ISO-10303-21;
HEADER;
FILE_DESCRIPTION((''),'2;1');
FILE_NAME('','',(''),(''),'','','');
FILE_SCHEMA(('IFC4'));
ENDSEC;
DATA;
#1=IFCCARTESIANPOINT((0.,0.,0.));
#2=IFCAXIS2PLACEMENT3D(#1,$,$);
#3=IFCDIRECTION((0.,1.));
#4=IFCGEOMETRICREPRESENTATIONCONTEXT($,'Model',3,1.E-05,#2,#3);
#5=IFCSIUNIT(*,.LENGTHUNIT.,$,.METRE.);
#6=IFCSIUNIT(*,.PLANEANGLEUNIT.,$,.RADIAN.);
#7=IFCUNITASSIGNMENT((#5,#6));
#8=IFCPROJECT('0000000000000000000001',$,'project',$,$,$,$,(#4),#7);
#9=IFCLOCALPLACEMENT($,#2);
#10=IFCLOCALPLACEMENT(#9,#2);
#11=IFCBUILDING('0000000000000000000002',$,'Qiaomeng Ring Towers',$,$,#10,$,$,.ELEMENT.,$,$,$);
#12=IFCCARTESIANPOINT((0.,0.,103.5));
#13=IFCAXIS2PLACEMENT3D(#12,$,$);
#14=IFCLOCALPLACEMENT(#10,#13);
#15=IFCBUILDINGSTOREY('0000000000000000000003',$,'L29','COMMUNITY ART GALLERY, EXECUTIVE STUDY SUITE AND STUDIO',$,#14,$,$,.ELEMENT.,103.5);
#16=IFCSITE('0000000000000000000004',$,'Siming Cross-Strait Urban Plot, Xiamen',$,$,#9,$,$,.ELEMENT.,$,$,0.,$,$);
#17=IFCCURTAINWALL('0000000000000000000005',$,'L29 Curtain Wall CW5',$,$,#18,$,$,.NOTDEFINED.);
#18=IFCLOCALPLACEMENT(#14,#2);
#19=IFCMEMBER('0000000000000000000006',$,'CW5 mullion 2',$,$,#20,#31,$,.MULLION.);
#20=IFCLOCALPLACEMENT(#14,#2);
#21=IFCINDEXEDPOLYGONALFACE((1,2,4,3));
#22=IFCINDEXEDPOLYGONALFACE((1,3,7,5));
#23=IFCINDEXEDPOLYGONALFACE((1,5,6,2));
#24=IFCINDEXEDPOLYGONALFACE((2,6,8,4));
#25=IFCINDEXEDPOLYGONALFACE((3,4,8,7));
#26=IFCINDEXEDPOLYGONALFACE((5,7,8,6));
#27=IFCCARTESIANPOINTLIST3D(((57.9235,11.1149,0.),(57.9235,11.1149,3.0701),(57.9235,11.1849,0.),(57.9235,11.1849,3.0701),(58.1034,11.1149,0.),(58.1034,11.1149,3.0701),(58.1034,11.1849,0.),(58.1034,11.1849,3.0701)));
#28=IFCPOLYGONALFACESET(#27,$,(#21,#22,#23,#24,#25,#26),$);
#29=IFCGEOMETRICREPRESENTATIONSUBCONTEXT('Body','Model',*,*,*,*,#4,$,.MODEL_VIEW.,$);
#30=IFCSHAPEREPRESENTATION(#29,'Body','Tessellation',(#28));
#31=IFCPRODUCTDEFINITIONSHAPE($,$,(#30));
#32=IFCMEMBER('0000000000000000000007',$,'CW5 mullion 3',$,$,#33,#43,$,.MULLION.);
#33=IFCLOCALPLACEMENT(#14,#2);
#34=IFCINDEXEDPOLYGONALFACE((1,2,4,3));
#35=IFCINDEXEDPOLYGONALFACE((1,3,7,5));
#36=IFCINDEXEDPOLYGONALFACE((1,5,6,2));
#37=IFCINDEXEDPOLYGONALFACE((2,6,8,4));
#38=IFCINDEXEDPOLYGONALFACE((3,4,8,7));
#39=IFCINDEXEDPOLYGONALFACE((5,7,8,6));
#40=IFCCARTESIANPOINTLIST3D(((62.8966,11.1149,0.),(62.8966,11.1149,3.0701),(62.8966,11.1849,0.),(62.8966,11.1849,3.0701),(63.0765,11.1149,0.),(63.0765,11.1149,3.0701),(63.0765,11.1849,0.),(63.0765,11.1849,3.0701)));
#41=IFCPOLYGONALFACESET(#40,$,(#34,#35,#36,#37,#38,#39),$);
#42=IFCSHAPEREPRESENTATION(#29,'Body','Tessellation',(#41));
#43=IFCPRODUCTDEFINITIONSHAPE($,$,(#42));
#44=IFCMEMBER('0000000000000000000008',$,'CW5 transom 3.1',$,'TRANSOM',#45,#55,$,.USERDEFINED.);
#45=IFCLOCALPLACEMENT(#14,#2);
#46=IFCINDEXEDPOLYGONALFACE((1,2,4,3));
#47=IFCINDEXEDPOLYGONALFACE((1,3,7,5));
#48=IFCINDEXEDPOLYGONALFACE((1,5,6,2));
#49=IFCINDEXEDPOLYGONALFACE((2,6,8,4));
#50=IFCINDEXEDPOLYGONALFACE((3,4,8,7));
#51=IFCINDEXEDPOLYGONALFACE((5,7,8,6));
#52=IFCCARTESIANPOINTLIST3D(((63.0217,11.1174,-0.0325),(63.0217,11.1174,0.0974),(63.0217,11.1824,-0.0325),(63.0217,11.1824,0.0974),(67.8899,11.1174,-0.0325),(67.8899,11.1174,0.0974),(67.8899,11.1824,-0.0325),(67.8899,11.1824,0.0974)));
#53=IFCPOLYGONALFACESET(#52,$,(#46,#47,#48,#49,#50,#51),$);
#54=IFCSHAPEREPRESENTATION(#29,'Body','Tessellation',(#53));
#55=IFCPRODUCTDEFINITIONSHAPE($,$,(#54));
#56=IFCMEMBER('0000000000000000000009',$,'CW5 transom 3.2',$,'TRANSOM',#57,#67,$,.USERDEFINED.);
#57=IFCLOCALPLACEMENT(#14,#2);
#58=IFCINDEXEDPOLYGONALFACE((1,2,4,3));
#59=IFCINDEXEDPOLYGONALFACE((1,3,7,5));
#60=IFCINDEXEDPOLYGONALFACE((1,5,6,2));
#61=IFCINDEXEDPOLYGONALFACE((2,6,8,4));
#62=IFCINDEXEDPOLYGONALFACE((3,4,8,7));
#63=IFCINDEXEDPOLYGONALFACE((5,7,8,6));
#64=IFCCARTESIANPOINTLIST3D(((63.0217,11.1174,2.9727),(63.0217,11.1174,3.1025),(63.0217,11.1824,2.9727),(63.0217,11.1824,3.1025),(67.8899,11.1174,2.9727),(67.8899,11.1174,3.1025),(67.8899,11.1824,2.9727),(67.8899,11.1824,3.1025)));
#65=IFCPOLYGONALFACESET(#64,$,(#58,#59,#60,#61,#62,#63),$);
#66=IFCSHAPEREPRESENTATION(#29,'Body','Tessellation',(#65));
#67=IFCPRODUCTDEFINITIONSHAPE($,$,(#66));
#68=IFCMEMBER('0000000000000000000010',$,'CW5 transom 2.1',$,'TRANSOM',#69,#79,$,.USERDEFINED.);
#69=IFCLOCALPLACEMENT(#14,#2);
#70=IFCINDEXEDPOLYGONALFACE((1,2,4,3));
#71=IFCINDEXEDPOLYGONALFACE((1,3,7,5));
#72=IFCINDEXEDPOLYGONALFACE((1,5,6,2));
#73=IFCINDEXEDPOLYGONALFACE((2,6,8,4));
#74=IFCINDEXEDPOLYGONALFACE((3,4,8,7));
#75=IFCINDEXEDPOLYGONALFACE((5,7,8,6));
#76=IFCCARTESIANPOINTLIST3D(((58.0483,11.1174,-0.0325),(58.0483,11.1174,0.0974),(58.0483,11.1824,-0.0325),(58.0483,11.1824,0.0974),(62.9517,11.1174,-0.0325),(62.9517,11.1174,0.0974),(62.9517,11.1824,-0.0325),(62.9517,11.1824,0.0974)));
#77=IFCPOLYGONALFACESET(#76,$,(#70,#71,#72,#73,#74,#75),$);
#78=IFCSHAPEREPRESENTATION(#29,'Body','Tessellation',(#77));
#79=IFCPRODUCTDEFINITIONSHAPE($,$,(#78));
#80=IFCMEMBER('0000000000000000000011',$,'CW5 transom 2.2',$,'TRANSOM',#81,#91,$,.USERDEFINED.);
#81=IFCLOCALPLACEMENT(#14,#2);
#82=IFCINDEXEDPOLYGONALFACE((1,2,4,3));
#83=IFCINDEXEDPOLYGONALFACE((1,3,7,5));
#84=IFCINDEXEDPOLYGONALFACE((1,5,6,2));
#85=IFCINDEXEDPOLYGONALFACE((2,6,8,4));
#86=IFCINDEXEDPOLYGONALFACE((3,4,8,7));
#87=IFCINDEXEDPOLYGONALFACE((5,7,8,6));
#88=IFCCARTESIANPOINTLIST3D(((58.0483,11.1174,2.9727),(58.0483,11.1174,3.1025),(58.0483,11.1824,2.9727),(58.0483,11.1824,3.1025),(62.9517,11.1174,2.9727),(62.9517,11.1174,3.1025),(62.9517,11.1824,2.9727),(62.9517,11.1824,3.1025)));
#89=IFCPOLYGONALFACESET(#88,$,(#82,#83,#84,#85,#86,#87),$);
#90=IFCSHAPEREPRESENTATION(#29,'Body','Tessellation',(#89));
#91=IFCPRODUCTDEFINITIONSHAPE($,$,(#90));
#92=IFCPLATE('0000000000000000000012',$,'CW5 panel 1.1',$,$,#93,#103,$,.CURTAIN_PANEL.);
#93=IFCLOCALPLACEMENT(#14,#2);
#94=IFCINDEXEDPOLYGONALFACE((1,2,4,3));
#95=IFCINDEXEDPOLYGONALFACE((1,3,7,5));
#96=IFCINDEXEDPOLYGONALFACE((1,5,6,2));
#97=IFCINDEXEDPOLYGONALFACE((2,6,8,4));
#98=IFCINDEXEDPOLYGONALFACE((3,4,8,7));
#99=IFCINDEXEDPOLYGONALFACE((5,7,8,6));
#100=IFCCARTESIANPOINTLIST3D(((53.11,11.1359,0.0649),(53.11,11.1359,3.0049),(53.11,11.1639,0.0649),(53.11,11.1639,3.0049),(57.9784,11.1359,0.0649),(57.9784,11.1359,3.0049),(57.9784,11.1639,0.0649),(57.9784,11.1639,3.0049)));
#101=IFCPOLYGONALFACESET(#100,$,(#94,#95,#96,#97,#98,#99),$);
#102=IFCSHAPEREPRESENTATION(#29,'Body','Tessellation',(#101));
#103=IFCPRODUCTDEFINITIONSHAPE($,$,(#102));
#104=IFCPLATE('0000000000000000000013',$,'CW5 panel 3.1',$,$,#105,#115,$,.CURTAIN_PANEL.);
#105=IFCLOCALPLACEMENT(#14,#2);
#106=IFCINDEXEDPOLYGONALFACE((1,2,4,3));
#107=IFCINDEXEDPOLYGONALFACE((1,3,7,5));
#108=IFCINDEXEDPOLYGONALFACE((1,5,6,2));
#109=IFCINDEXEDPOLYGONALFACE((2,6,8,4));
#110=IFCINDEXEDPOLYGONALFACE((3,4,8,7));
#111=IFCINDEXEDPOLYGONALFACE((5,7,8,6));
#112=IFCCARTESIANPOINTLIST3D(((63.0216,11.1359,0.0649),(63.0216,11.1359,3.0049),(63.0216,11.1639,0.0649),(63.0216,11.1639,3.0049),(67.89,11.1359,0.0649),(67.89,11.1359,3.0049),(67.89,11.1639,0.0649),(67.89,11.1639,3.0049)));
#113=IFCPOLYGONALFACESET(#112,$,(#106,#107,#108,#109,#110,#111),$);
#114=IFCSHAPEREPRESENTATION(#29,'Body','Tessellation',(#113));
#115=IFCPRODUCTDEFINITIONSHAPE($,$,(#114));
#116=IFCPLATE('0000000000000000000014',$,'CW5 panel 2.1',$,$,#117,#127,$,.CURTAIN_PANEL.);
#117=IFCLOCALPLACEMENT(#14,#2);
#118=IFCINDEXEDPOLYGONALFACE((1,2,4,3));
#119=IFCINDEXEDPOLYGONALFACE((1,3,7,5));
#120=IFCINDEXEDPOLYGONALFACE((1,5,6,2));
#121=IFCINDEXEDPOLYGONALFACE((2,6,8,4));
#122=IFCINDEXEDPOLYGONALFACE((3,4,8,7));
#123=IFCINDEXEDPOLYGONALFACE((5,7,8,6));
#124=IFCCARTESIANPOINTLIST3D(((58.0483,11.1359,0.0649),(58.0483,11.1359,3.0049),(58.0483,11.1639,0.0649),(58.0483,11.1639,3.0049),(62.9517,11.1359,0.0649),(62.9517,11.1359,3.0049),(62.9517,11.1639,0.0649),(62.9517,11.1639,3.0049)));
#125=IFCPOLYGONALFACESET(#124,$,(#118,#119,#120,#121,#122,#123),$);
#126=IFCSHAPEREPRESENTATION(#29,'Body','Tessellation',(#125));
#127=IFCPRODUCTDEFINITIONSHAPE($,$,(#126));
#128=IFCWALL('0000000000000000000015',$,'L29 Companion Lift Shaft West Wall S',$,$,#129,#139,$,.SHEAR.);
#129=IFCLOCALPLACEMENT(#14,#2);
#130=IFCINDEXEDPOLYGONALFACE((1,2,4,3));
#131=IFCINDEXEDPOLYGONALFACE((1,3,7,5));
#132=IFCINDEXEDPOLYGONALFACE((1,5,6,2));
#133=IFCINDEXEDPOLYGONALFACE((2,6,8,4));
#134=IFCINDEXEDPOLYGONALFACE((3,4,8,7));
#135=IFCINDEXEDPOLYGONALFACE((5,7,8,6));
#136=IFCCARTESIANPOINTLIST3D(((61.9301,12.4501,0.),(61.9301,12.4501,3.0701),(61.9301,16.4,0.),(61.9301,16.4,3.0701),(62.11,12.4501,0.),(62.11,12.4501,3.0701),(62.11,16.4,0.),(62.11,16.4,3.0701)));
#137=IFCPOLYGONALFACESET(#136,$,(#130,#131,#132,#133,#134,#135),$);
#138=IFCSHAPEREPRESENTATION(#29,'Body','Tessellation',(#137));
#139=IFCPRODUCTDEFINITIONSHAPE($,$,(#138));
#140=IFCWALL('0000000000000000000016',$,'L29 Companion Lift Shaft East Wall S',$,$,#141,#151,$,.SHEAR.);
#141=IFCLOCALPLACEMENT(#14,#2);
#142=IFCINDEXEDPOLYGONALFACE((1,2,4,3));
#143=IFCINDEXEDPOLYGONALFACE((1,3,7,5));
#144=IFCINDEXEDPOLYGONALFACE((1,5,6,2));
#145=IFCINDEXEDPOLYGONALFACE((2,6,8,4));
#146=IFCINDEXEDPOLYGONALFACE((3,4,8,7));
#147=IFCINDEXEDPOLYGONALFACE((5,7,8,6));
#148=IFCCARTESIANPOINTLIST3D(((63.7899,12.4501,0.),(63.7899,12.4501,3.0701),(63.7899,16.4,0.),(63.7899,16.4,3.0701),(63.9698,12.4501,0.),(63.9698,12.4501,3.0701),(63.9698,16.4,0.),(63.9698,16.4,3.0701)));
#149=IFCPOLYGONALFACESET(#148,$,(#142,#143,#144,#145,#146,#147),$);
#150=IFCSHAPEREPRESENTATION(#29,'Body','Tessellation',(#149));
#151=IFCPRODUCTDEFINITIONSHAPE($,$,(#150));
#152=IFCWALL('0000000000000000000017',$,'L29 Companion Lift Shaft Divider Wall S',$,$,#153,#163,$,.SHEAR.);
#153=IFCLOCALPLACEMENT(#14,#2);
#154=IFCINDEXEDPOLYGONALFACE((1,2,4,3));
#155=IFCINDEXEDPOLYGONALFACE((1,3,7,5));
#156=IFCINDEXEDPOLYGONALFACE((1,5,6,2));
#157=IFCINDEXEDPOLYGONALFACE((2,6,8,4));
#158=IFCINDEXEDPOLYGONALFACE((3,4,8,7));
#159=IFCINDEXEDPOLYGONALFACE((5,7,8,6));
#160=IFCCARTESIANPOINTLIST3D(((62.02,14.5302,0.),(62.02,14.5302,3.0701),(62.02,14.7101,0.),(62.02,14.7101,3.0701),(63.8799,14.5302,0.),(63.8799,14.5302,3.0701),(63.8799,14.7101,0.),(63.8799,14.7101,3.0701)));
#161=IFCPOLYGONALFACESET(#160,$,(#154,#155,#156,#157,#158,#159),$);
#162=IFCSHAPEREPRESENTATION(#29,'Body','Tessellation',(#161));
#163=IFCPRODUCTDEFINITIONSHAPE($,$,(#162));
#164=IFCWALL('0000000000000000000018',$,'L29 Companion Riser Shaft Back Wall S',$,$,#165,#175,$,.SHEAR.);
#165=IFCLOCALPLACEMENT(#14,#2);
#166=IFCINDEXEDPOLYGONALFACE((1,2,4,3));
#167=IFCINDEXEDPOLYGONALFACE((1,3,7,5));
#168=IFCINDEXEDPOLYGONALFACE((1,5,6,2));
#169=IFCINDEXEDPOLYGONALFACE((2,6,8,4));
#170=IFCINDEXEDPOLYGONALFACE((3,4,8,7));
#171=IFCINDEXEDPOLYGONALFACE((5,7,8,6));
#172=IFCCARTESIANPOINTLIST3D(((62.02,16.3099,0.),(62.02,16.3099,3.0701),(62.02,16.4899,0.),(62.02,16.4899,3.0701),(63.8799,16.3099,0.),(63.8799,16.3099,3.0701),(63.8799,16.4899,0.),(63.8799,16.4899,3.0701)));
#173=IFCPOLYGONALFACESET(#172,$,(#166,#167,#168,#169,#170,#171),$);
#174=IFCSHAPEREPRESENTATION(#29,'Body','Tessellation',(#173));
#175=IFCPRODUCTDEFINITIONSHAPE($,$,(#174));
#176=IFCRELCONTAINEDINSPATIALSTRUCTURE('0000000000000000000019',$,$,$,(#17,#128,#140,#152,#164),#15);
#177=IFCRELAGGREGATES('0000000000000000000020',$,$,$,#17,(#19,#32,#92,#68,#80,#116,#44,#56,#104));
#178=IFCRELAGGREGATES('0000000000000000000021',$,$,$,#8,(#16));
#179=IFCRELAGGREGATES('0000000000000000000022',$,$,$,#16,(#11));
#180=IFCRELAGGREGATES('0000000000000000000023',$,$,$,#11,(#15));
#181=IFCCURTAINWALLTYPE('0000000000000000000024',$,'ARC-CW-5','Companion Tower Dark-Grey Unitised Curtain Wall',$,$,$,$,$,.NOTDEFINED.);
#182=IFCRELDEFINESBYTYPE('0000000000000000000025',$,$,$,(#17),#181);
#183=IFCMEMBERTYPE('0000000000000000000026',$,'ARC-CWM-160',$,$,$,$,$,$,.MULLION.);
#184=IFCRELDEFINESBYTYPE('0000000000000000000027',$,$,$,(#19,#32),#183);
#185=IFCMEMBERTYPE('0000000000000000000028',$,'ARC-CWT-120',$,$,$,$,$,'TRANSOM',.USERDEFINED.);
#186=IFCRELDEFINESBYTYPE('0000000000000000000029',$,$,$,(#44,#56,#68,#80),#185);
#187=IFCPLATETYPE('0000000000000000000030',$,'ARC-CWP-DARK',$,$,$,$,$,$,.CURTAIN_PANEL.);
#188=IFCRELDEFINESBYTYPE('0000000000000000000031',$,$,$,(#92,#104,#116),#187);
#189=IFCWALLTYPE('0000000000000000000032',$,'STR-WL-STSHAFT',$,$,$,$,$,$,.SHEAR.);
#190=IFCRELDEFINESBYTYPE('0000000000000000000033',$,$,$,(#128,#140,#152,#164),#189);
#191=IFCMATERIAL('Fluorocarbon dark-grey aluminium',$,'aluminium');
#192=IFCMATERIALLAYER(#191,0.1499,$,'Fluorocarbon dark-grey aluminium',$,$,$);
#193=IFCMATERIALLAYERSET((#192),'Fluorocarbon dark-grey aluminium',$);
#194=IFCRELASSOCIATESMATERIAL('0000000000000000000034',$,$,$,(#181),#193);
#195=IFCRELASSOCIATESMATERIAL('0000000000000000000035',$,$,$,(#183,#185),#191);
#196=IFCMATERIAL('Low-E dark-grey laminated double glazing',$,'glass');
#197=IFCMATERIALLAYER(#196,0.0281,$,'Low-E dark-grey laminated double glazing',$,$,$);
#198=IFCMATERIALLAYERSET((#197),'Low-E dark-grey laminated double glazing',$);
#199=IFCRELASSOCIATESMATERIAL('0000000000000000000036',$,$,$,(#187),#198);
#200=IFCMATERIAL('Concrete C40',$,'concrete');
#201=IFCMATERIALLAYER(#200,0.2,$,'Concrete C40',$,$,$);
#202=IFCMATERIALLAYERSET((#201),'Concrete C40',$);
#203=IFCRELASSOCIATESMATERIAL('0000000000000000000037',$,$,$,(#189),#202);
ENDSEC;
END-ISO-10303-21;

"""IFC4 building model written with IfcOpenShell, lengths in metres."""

from ifc_helpers import new_model, si_unit, direction, frame, frame_2d, origin, origin_2d, place, context, subcontext, project, spatial, rectangle, extrude, source, transform, mapped, material, layer, layer_set, material_profile, profile_set, type_object, element, aggregate, save


model = new_model("IFC4")

# Units and contexts
model_context = context("Model", 3, precision=1e-05, world=origin(), true_north=direction((0.0, 1.0)))
body_context = subcontext(model_context, "Body", "Model", "MODEL_VIEW")
ifc_project = project(units=[si_unit("LENGTHUNIT", "METRE"), si_unit("PLANEANGLEUNIT", "RADIAN")], contexts=[model_context])

# Site, building, storey
site_placement = place(None, origin())
site = spatial("IfcSite", under=ifc_project, at=site_placement, Name="Siming Cross-Strait Urban Plot, Xiamen", CompositionType="ELEMENT", RefElevation=0.0)
building_placement = place(site_placement, origin())
building = spatial("IfcBuilding", under=site, at=building_placement, Name="Qiaomeng Ring Towers", CompositionType="ELEMENT")
storey_placement = place(building_placement, frame((0.0, 0.0, 103.5)))
storey = spatial("IfcBuildingStorey", under=building, at=storey_placement, Name="L29", Description="COMMUNITY ART GALLERY, EXECUTIVE STUDY SUITE AND STUDIO", CompositionType="ELEMENT", Elevation=103.5)

# Curtain wall, members, plates
ifc_material_1 = material(Name="Fluorocarbon dark-grey aluminium", Category="aluminium")
ifc_layer_1 = layer(ifc_material_1, 0.1499, Name="Fluorocarbon dark-grey aluminium")
ifc_layer_set_1 = layer_set([ifc_layer_1], Name="Fluorocarbon dark-grey aluminium")
curtain_wall_type = type_object("IfcCurtainWallType", Name="ARC-CW-5", Description="Companion Tower Dark-Grey Unitised Curtain Wall", PredefinedType="NOTDEFINED", material=ifc_layer_set_1)
curtain_wall_placement = place(storey_placement, origin())
curtain_wall = element("IfcCurtainWall", 1, at=curtain_wall_placement, inside=storey, type_object=curtain_wall_type, Name="L29 Curtain Wall CW5", PredefinedType="NOTDEFINED")
ifc_material_profile_1 = material_profile(ifc_material_1, rectangle(XDim=0.0701, YDim=0.1799, at=origin_2d()), Name="ALU MULL 70x180")
ifc_profile_set_1 = profile_set([ifc_material_profile_1], Name="Fluorocarbon dark-grey aluminium")
member_type_1 = type_object("IfcMemberType", Name="ARC-CWM-160", PredefinedType="MULLION", material=ifc_profile_set_1)
shared_shape_1 = source(origin(), body_context, "Body", "SweptSolid", [
    extrude(rectangle(XDim=0.0701, YDim=0.1799, at=origin_2d()), origin(), (0.0, 0.0, 1.0), 3.0701),
])
member_1_placement = place(storey_placement, frame((58.0134, 11.1499, 0.0), z_axis=(0.0, 0.0, 1.0), x_axis=(0.0, 1.0, 0.0)))
member_1 = element("IfcMember", 2, at=member_1_placement, type_object=member_type_1, Name="CW5 mullion 2", PredefinedType="MULLION", context=body_context, shape_type="MappedRepresentation", body=[
    mapped(shared_shape_1, transform((0.0, 0.0, 0.0), x_axis=(1.0, 0.0, 0.0), y_axis=(0.0, 1.0, 0.0), z_axis=(0.0, 0.0, 1.0), scale=1.0)),
])
member_2_placement = place(storey_placement, frame((62.9866, 11.1499, 0.0), z_axis=(0.0, 0.0, 1.0), x_axis=(0.0, 1.0, 0.0)))
member_2 = element("IfcMember", 3, at=member_2_placement, type_object=member_type_1, Name="CW5 mullion 3", PredefinedType="MULLION", context=body_context, shape_type="MappedRepresentation", body=[
    mapped(shared_shape_1, transform((0.0, 0.0, 0.0), x_axis=(1.0, 0.0, 0.0), y_axis=(0.0, 1.0, 0.0), z_axis=(0.0, 0.0, 1.0), scale=1.0)),
])
ifc_material_profile_2 = material_profile(ifc_material_1, rectangle(XDim=0.0649, YDim=0.1299, at=origin_2d()), Name="ALU TRAN 65x130")
ifc_profile_set_2 = profile_set([ifc_material_profile_2], Name="Fluorocarbon dark-grey aluminium")
member_type_2 = type_object("IfcMemberType", Name="ARC-CWT-120", ElementType="TRANSOM", PredefinedType="USERDEFINED", material=ifc_profile_set_2)
shared_shape_2 = source(origin(), body_context, "Body", "SweptSolid", [
    extrude(rectangle(XDim=0.0649, YDim=0.1299, at=origin_2d()), origin(), (0.0, 0.0, 1.0), 4.8682),
])
member_3_placement = place(storey_placement, frame((63.0217, 11.1499, 0.0325), z_axis=(1.0, 0.0, 0.0), x_axis=(0.0, 1.0, 0.0)))
member_3 = element("IfcMember", 4, at=member_3_placement, type_object=member_type_2, Name="CW5 transom 3.1", ObjectType="TRANSOM", PredefinedType="USERDEFINED", context=body_context, shape_type="MappedRepresentation", body=[
    mapped(shared_shape_2, transform((0.0, 0.0, 0.0), x_axis=(1.0, 0.0, 0.0), y_axis=(0.0, 1.0, 0.0), z_axis=(0.0, 0.0, 1.0), scale=1.0)),
])
member_4_placement = place(storey_placement, frame((63.0217, 11.1499, 3.0376), z_axis=(1.0, 0.0, 0.0), x_axis=(0.0, 1.0, 0.0)))
member_4 = element("IfcMember", 5, at=member_4_placement, type_object=member_type_2, Name="CW5 transom 3.2", ObjectType="TRANSOM", PredefinedType="USERDEFINED", context=body_context, shape_type="MappedRepresentation", body=[
    mapped(shared_shape_2, transform((0.0, 0.0, 0.0), x_axis=(1.0, 0.0, 0.0), y_axis=(0.0, 1.0, 0.0), z_axis=(0.0, 0.0, 1.0), scale=1.0)),
])
shared_shape_3 = source(origin(), body_context, "Body", "SweptSolid", [
    extrude(rectangle(XDim=0.0649, YDim=0.1299, at=origin_2d()), origin(), (0.0, 0.0, 1.0), 4.9033),
])
member_5_placement = place(storey_placement, frame((58.0483, 11.1499, 0.0325), z_axis=(1.0, 0.0, 0.0), x_axis=(0.0, 1.0, 0.0)))
member_5 = element("IfcMember", 6, at=member_5_placement, type_object=member_type_2, Name="CW5 transom 2.1", ObjectType="TRANSOM", PredefinedType="USERDEFINED", context=body_context, shape_type="MappedRepresentation", body=[
    mapped(shared_shape_3, transform((0.0, 0.0, 0.0), x_axis=(1.0, 0.0, 0.0), y_axis=(0.0, 1.0, 0.0), z_axis=(0.0, 0.0, 1.0), scale=1.0)),
])
member_6_placement = place(storey_placement, frame((58.0483, 11.1499, 3.0376), z_axis=(1.0, 0.0, 0.0), x_axis=(0.0, 1.0, 0.0)))
member_6 = element("IfcMember", 7, at=member_6_placement, type_object=member_type_2, Name="CW5 transom 2.2", ObjectType="TRANSOM", PredefinedType="USERDEFINED", context=body_context, shape_type="MappedRepresentation", body=[
    mapped(shared_shape_3, transform((0.0, 0.0, 0.0), x_axis=(1.0, 0.0, 0.0), y_axis=(0.0, 1.0, 0.0), z_axis=(0.0, 0.0, 1.0), scale=1.0)),
])
ifc_material_2 = material(Name="Low-E dark-grey laminated double glazing", Category="glass")
ifc_layer_2 = layer(ifc_material_2, 0.0281, Name="Low-E dark-grey laminated double glazing")
ifc_layer_set_2 = layer_set([ifc_layer_2], Name="Low-E dark-grey laminated double glazing")
plate_type = type_object("IfcPlateType", Name="ARC-CWP-DARK", PredefinedType="CURTAIN_PANEL", material=ifc_layer_set_2)
shared_shape_4 = source(origin(), body_context, "Body", "SweptSolid", [
    extrude(rectangle(XDim=4.8684, YDim=0.0281, at=origin_2d()), origin(), (0.0, 0.0, 1.0), 2.9399),
])
plate_1_placement = place(storey_placement, frame((55.5442, 11.1499, 0.0649), z_axis=(0.0, 0.0, 1.0), x_axis=(1.0, 0.0, 0.0)))
plate_1 = element("IfcPlate", 8, at=plate_1_placement, type_object=plate_type, Name="CW5 panel 1.1", PredefinedType="CURTAIN_PANEL", context=body_context, shape_type="MappedRepresentation", body=[
    mapped(shared_shape_4, transform((0.0, 0.0, 0.0), x_axis=(1.0, 0.0, 0.0), y_axis=(0.0, 1.0, 0.0), z_axis=(0.0, 0.0, 1.0), scale=1.0)),
])
plate_2_placement = place(storey_placement, frame((65.4558, 11.1499, 0.0649), z_axis=(0.0, 0.0, 1.0), x_axis=(1.0, 0.0, 0.0)))
plate_2 = element("IfcPlate", 9, at=plate_2_placement, type_object=plate_type, Name="CW5 panel 3.1", PredefinedType="CURTAIN_PANEL", context=body_context, shape_type="MappedRepresentation", body=[
    mapped(shared_shape_4, transform((0.0, 0.0, 0.0), x_axis=(1.0, 0.0, 0.0), y_axis=(0.0, 1.0, 0.0), z_axis=(0.0, 0.0, 1.0), scale=1.0)),
])
shared_shape_5 = source(origin(), body_context, "Body", "SweptSolid", [
    extrude(rectangle(XDim=4.9033, YDim=0.0281, at=origin_2d()), origin(), (0.0, 0.0, 1.0), 2.9399),
])
plate_3_placement = place(storey_placement, frame((60.5, 11.1499, 0.0649), z_axis=(0.0, 0.0, 1.0), x_axis=(1.0, 0.0, 0.0)))
plate_3 = element("IfcPlate", 10, at=plate_3_placement, type_object=plate_type, Name="CW5 panel 2.1", PredefinedType="CURTAIN_PANEL", context=body_context, shape_type="MappedRepresentation", body=[
    mapped(shared_shape_5, transform((0.0, 0.0, 0.0), x_axis=(1.0, 0.0, 0.0), y_axis=(0.0, 1.0, 0.0), z_axis=(0.0, 0.0, 1.0), scale=1.0)),
])
aggregate(curtain_wall, [member_1, member_2, plate_1, member_5, member_6, plate_3, member_3, member_4, plate_2])

# Walls
ifc_material_3 = material(Name="Concrete C40", Category="concrete")
ifc_layer_3 = layer(ifc_material_3, 0.2, Name="Concrete C40")
ifc_layer_set_3 = layer_set([ifc_layer_3], Name="Concrete C40")
wall_type_1 = type_object("IfcWallType", Name="STR-WL-STSHAFT", PredefinedType="SHEAR", material=ifc_layer_set_3)
for number, where, z_axis, x_axis, name in (
    (11, (62.02, 12.45, 0.0), (0.0, 0.0, 1.0), (0.0, 1.0, 0.0), "L29 Companion Lift Shaft West Wall S"),
    (12, (63.8799, 12.45, 0.0), (0.0, 0.0, 1.0), (0.0, 1.0, 0.0), "L29 Companion Lift Shaft East Wall S"),
):
    element("IfcWall", number, at=place(storey_placement, frame(where, z_axis=z_axis, x_axis=x_axis)), inside=storey, type_object=wall_type_1, Name=name, PredefinedType="SHEAR", context=body_context, shape_type="SweptSolid", body=[
        extrude(rectangle(XDim=3.95, YDim=0.1799, at=frame_2d((1.9751, 0.0))), origin(), (0.0, 0.0, 1.0), 3.0701),
    ])
for number, where, z_axis, x_axis, name in (
    (13, (62.02, 14.6201, 0.0), (0.0, 0.0, 1.0), (1.0, 0.0, 0.0), "L29 Companion Lift Shaft Divider Wall S"),
    (14, (62.02, 16.3999, 0.0), (0.0, 0.0, 1.0), (1.0, 0.0, 0.0), "L29 Companion Riser Shaft Back Wall S"),
):
    element("IfcWall", number, at=place(storey_placement, frame(where, z_axis=z_axis, x_axis=x_axis)), inside=storey, type_object=wall_type_1, Name=name, PredefinedType="SHEAR", context=body_context, shape_type="SweptSolid", body=[
        extrude(rectangle(XDim=1.8599, YDim=0.1799, at=frame_2d((0.9299, 0.0))), origin(), (0.0, 0.0, 1.0), 3.0701),
    ])

save(model, "model.ifc")
